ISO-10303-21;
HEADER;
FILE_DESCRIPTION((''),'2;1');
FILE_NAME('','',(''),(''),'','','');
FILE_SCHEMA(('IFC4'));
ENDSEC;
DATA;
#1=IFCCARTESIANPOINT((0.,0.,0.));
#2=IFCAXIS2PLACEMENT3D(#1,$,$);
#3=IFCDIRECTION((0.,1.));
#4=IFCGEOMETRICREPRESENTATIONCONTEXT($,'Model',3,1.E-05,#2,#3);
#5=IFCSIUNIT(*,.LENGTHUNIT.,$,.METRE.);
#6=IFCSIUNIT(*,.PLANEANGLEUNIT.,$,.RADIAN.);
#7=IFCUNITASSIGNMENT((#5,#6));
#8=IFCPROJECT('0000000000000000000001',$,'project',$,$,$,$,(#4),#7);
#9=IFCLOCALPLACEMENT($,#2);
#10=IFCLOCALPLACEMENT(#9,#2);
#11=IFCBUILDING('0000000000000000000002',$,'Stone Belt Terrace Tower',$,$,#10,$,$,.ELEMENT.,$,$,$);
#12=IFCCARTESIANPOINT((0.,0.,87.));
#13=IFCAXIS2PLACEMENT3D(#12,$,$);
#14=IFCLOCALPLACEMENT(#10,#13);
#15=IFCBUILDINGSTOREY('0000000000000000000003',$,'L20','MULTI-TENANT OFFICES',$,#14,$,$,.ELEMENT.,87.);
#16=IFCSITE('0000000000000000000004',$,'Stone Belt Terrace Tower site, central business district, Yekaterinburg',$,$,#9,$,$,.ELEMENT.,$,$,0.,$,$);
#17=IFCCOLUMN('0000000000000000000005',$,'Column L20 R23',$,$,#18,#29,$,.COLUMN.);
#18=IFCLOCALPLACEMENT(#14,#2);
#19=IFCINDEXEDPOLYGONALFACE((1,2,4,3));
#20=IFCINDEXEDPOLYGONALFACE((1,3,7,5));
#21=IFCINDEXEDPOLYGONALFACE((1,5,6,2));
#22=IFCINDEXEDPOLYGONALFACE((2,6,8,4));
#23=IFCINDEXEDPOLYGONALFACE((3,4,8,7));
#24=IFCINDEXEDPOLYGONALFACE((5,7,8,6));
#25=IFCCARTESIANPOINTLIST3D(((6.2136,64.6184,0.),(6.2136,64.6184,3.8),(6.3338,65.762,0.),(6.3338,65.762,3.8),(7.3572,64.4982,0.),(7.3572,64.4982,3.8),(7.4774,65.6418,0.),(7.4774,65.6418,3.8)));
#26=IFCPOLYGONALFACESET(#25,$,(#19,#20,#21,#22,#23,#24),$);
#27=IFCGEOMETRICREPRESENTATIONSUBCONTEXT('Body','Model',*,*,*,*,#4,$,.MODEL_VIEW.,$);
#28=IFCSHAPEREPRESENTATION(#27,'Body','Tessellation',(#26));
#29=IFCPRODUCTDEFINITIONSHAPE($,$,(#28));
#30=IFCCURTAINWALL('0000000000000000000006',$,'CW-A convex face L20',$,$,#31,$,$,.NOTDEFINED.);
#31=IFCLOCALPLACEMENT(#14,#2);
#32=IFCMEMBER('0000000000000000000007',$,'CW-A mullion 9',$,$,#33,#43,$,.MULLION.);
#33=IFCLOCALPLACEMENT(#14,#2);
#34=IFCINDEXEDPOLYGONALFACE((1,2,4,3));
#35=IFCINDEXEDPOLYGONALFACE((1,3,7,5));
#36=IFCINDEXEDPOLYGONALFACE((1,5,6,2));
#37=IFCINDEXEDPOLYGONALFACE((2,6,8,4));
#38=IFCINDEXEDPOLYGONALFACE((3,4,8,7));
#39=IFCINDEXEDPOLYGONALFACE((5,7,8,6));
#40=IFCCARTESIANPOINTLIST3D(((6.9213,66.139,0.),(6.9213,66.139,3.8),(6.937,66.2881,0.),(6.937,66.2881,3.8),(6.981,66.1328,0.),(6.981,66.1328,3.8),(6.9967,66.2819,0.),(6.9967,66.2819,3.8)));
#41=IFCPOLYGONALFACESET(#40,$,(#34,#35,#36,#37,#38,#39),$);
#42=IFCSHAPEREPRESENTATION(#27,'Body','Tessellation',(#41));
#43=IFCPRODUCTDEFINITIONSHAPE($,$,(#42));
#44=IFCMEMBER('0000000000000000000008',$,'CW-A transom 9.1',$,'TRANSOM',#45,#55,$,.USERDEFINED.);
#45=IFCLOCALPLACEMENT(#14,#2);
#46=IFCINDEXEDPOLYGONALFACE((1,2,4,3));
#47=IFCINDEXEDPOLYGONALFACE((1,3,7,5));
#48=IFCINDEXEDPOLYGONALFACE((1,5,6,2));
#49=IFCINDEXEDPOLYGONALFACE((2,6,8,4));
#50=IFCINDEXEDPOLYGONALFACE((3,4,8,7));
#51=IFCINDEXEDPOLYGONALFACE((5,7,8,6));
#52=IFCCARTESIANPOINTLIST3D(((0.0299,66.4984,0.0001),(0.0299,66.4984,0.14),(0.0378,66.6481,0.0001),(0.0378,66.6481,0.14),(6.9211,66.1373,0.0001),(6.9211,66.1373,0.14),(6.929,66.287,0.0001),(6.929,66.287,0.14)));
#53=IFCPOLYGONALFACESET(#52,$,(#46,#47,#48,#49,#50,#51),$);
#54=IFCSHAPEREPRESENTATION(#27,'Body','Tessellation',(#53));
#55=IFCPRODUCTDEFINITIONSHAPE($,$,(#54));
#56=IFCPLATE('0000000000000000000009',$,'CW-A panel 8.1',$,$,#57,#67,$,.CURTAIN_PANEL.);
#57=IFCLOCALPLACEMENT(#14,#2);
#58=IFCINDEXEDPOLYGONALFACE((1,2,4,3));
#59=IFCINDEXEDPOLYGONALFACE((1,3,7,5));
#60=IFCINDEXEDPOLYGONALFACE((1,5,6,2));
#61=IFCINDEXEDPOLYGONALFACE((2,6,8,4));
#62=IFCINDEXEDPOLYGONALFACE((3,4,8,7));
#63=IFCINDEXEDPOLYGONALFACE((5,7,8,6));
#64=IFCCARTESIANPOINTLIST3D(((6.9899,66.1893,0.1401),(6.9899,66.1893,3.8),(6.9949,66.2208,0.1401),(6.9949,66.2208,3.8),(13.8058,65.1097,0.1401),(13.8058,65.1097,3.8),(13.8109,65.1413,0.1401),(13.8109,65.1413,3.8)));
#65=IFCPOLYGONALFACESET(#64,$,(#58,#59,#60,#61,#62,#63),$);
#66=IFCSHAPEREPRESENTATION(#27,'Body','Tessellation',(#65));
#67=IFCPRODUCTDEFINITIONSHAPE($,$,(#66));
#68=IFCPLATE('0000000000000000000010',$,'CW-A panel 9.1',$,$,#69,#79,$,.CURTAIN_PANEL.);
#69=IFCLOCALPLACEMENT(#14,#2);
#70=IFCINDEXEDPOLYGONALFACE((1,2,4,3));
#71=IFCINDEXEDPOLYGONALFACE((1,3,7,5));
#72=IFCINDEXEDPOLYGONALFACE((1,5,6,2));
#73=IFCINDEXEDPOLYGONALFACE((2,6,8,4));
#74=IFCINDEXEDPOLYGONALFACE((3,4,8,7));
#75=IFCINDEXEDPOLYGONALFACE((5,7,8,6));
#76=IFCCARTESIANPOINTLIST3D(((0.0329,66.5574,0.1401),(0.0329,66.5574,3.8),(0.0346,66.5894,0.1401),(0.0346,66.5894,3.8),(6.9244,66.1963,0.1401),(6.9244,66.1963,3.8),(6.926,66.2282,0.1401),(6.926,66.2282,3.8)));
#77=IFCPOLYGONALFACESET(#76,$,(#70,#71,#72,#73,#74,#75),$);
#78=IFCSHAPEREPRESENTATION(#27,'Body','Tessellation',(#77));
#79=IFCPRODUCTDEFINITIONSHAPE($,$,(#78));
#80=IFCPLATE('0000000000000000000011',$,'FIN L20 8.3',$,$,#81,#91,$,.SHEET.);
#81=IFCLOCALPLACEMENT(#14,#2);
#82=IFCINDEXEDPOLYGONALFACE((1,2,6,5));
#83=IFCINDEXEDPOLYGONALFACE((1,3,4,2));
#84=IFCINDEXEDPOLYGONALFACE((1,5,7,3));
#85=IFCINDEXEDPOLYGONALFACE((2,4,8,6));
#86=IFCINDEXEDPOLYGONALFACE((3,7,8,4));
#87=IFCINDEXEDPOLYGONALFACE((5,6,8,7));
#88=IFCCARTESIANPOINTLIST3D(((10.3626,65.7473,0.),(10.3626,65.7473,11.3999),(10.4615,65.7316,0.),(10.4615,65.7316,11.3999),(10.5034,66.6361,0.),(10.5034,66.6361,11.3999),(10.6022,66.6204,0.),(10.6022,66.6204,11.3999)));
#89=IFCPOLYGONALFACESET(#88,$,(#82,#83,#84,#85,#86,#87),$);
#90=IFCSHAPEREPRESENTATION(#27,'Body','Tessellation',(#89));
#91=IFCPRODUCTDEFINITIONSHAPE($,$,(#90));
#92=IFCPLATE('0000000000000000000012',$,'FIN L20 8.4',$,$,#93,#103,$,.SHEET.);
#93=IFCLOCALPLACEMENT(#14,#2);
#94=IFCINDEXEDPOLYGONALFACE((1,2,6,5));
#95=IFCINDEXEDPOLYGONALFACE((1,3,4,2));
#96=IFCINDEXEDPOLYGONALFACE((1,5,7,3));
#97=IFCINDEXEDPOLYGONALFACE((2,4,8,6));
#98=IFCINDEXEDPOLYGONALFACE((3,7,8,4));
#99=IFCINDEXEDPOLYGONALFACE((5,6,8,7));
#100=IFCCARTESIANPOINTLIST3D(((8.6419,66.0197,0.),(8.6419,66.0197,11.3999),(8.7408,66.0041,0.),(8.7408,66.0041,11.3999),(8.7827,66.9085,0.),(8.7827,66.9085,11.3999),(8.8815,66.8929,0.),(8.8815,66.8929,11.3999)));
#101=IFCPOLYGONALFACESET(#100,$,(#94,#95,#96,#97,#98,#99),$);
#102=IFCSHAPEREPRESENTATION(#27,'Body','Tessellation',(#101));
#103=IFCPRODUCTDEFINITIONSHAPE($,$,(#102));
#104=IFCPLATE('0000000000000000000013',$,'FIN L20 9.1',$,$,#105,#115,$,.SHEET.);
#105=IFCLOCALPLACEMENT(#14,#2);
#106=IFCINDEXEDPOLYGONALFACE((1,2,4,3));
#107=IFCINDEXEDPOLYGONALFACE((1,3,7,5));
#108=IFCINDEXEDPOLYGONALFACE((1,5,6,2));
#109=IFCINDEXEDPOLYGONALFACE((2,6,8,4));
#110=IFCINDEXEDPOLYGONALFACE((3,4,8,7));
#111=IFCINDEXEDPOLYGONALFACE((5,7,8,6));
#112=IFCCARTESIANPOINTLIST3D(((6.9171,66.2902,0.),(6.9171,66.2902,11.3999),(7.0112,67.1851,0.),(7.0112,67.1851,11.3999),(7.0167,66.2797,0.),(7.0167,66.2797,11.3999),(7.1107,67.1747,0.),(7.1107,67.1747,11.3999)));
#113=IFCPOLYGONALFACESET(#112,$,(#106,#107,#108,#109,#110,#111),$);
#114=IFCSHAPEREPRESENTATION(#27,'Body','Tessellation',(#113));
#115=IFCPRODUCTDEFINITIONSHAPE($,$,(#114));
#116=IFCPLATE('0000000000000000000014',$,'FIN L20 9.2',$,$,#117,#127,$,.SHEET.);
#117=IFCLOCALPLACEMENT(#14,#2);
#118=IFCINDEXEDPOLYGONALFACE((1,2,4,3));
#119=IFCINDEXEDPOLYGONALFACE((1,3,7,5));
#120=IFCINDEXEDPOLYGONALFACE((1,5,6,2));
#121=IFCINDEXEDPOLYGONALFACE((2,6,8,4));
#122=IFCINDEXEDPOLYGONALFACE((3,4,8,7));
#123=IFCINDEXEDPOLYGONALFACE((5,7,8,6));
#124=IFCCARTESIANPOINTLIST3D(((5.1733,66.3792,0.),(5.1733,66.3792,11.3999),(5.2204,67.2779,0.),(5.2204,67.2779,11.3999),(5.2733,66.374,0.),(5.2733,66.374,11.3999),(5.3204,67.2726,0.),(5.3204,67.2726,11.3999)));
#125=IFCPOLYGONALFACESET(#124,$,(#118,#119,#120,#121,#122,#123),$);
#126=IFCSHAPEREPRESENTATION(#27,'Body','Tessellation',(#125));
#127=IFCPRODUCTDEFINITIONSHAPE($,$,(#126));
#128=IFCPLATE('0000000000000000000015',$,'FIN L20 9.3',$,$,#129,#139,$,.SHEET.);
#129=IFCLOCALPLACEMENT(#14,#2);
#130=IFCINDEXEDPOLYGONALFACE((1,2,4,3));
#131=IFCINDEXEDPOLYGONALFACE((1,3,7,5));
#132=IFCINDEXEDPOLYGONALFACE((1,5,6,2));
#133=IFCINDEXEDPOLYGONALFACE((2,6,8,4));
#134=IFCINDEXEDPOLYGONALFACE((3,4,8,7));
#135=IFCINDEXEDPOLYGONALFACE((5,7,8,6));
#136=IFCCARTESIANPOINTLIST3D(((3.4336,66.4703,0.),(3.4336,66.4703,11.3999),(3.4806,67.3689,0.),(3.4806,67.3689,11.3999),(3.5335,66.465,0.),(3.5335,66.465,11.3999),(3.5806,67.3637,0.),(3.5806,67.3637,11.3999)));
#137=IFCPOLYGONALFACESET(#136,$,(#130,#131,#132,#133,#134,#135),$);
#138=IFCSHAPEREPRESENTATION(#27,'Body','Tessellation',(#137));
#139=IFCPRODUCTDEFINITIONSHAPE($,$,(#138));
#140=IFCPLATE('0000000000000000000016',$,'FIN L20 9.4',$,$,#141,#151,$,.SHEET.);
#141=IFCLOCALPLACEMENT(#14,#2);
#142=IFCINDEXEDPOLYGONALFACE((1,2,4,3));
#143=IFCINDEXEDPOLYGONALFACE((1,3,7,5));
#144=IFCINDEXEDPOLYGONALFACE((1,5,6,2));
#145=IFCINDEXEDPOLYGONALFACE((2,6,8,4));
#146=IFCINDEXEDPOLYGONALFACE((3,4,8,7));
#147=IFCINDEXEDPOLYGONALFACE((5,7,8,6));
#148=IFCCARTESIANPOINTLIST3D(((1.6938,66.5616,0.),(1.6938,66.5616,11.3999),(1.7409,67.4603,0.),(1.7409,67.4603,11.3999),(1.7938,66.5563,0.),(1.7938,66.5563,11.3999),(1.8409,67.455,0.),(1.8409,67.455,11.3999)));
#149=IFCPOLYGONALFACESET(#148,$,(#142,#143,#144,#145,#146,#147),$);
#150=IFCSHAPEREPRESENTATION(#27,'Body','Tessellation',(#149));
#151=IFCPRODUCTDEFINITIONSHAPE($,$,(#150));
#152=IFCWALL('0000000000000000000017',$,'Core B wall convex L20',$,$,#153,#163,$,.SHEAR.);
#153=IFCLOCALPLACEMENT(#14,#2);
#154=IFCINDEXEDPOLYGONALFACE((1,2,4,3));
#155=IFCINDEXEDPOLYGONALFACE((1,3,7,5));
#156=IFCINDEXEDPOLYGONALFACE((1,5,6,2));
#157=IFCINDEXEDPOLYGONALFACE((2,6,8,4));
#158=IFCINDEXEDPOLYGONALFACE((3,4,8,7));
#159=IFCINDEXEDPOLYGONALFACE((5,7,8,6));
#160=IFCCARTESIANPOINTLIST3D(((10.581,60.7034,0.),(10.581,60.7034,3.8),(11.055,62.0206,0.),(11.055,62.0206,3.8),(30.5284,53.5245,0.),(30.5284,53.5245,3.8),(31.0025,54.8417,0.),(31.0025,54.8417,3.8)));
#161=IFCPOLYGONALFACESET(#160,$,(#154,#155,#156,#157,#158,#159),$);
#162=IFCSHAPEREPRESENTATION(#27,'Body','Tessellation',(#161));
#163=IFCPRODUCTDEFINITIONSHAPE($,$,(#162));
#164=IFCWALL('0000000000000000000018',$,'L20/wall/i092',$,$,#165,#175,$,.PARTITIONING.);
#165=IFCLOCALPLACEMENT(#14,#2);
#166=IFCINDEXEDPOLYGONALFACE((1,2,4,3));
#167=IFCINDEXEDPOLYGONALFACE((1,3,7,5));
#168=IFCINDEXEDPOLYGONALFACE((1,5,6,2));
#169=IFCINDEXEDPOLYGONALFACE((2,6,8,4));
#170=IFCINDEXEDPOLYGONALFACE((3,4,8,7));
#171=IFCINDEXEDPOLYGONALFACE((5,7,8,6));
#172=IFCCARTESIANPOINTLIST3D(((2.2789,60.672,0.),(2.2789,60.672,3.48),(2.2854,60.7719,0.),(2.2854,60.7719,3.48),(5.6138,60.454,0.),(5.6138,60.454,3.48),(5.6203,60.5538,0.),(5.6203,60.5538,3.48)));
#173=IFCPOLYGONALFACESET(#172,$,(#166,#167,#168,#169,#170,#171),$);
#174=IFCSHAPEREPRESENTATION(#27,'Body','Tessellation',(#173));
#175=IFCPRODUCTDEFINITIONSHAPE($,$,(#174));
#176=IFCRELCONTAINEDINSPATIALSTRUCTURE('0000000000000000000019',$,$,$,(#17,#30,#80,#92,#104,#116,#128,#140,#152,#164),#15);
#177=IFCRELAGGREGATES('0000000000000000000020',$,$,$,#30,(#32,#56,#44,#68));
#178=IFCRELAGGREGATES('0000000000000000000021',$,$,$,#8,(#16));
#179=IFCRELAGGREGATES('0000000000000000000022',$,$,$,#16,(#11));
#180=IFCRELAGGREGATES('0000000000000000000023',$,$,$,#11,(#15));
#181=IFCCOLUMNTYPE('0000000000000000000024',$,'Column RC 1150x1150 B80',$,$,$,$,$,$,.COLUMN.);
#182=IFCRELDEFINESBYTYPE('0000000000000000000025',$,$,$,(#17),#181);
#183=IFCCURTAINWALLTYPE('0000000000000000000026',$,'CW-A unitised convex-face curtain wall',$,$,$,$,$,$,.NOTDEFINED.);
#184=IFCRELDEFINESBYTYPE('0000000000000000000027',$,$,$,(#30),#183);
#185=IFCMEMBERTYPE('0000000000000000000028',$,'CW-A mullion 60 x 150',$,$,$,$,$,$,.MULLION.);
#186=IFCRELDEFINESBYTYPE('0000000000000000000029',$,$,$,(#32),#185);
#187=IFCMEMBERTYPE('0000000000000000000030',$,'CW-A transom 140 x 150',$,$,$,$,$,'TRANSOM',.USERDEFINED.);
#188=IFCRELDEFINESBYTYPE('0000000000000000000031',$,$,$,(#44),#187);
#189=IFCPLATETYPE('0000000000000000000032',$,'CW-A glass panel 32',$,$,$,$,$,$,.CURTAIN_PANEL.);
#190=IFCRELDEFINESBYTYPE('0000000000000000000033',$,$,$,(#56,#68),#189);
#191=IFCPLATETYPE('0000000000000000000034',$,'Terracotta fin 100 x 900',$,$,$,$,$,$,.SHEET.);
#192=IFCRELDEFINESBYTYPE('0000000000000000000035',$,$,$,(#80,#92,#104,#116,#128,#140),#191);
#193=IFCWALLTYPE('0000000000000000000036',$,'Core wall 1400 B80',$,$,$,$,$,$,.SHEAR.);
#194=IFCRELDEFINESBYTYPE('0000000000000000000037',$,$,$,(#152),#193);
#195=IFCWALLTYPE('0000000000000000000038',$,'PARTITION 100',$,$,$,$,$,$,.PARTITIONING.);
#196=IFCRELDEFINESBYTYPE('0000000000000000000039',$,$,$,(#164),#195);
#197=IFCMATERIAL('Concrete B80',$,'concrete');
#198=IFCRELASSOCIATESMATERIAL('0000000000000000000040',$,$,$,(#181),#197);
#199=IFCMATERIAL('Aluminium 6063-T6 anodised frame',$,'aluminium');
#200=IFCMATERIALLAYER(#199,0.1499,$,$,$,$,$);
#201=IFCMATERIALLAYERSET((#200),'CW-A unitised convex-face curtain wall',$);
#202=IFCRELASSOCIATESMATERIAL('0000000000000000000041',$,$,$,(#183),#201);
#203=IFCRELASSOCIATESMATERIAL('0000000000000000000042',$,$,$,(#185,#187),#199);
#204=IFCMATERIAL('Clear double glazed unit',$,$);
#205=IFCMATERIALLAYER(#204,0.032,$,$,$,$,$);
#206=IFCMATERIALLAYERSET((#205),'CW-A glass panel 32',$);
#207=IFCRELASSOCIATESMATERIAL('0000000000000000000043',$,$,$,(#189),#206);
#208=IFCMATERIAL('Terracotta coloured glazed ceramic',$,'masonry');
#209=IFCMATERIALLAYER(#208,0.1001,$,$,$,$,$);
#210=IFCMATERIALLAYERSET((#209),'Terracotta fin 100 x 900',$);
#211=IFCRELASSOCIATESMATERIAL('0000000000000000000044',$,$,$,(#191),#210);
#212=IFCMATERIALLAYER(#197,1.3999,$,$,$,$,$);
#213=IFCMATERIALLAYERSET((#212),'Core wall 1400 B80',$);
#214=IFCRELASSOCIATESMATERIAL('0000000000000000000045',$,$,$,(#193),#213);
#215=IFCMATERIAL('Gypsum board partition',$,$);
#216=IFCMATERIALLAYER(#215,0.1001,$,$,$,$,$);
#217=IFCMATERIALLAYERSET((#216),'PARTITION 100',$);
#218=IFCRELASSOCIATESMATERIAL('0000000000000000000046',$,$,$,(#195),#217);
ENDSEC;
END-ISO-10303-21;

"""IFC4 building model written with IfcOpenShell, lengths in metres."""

from ifc_helpers import new_model, si_unit, direction, frame, frame_2d, origin, origin_2d, place, context, subcontext, project, spatial, rectangle, extrude, material, layer, layer_set, material_profile, profile_set, type_object, element, aggregate, save


model = new_model("IFC4")

# Units and contexts
model_context = context("Model", 3, precision=1e-05, world=origin(), true_north=direction((0.0, 1.0)))
body_context = subcontext(model_context, "Body", "Model", "MODEL_VIEW")
ifc_project = project(units=[si_unit("LENGTHUNIT", "METRE"), si_unit("PLANEANGLEUNIT", "RADIAN")], contexts=[model_context])

# Site, building, storey
site_placement = place(None, origin())
site = spatial("IfcSite", under=ifc_project, at=site_placement, Name="Stone Belt Terrace Tower site, central business district, Yekaterinburg", CompositionType="ELEMENT", RefElevation=0.0)
building_placement = place(site_placement, origin())
building = spatial("IfcBuilding", under=site, at=building_placement, Name="Stone Belt Terrace Tower", CompositionType="ELEMENT")
storey_placement = place(building_placement, frame((0.0, 0.0, 87.0)))
storey = spatial("IfcBuildingStorey", under=building, at=storey_placement, Name="L20", Description="MULTI-TENANT OFFICES", CompositionType="ELEMENT", Elevation=87.0)

# Column
ifc_material_1 = material(Name="Concrete B80", Category="concrete")
ifc_material_profile_1 = material_profile(ifc_material_1, rectangle(XDim=1.1499, YDim=1.1499, at=origin_2d()), Name="RC 1150x1150")
ifc_profile_set_1 = profile_set([ifc_material_profile_1], Name="Concrete B80")
column_type = type_object("IfcColumnType", Name="Column RC 1150x1150 B80", PredefinedType="COLUMN", material=ifc_profile_set_1)
column_placement = place(storey_placement, frame((6.8455, 65.1301, 0.0), z_axis=(0.0, 0.0, 1.0), x_axis=(0.994522, -0.104528, 0.0)))
element("IfcColumn", 1, at=column_placement, inside=storey, type_object=column_type, Name="Column L20 R23", PredefinedType="COLUMN", context=body_context, shape_type="SweptSolid", body=[
    extrude(rectangle(XDim=1.1499, YDim=1.1499, at=origin_2d()), origin(), (0.0, 0.0, 1.0), 3.8),
])

# Curtain wall, members, plates
ifc_material_2 = material(Name="Aluminium 6063-T6 anodised frame", Category="aluminium")
ifc_layer_1 = layer(ifc_material_2, 0.1499)
ifc_layer_set_1 = layer_set([ifc_layer_1], Name="CW-A unitised convex-face curtain wall")
curtain_wall_type = type_object("IfcCurtainWallType", Name="CW-A unitised convex-face curtain wall", PredefinedType="NOTDEFINED", material=ifc_layer_set_1)
curtain_wall_placement = place(storey_placement, origin())
curtain_wall = element("IfcCurtainWall", 2, at=curtain_wall_placement, inside=storey, type_object=curtain_wall_type, Name="CW-A convex face L20", PredefinedType="NOTDEFINED")
ifc_material_profile_2 = material_profile(ifc_material_2, rectangle(XDim=0.1499, YDim=0.0601, at=origin_2d()), Name="Aluminium 6063-T6 60x150")
ifc_profile_set_2 = profile_set([ifc_material_profile_2], Name="Aluminium 6063-T6 anodised frame")
member_type_1 = type_object("IfcMemberType", Name="CW-A mullion 60 x 150", PredefinedType="MULLION", material=ifc_profile_set_2)
member_1_placement = place(storey_placement, frame((6.959, 66.2104, 0.0), z_axis=(0.0, 0.0, 1.0), x_axis=(-0.104528, -0.994522, 0.0)))
member_1 = element("IfcMember", 3, at=member_1_placement, type_object=member_type_1, Name="CW-A mullion 9", PredefinedType="MULLION", context=body_context, shape_type="SweptSolid", body=[
    extrude(rectangle(XDim=0.1499, YDim=0.0601, at=origin_2d()), origin(), (0.0, 0.0, 1.0), 3.8),
])
ifc_material_profile_3 = material_profile(ifc_material_2, rectangle(XDim=0.1499, YDim=0.1399, at=origin_2d()), Name="Aluminium 6063-T6 150x140")
ifc_profile_set_3 = profile_set([ifc_material_profile_3], Name="Aluminium 6063-T6 anodised frame")
member_type_2 = type_object("IfcMemberType", Name="CW-A transom 140 x 150", ElementType="TRANSOM", PredefinedType="USERDEFINED", material=ifc_profile_set_3)
member_2_placement = place(storey_placement, frame((6.925, 66.2122, 0.0701), z_axis=(-0.99863, 0.052327, 0.0), x_axis=(-0.052327, -0.99863, 0.0)))
member_2 = element("IfcMember", 4, at=member_2_placement, type_object=member_type_2, Name="CW-A transom 9.1", ObjectType="TRANSOM", PredefinedType="USERDEFINED", context=body_context, shape_type="SweptSolid", body=[
    extrude(rectangle(XDim=0.1499, YDim=0.1399, at=origin_2d()), origin(), (0.0, 0.0, 1.0), 6.9006),
])
ifc_material_3 = material(Name="Clear double glazed unit")
ifc_layer_2 = layer(ifc_material_3, 0.032)
ifc_layer_set_2 = layer_set([ifc_layer_2], Name="CW-A glass panel 32")
plate_type_1 = type_object("IfcPlateType", Name="CW-A glass panel 32", PredefinedType="CURTAIN_PANEL", material=ifc_layer_set_2)
plate_1_placement = place(storey_placement, frame((10.4004, 65.6653, 0.1401), z_axis=(0.0, 0.0, 1.0), x_axis=(-0.987688, 0.156434, 0.0)))
plate_1 = element("IfcPlate", 5, at=plate_1_placement, type_object=plate_type_1, Name="CW-A panel 8.1", PredefinedType="CURTAIN_PANEL", context=body_context, shape_type="SweptSolid", body=[
    extrude(rectangle(XDim=6.9009, YDim=0.032, at=origin_2d()), origin(), (0.0, 0.0, 1.0), 3.6599),
])
plate_2_placement = place(storey_placement, frame((3.4795, 66.3928, 0.1401), z_axis=(0.0, 0.0, 1.0), x_axis=(-0.99863, 0.052336, 0.0)))
plate_2 = element("IfcPlate", 6, at=plate_2_placement, type_object=plate_type_1, Name="CW-A panel 9.1", PredefinedType="CURTAIN_PANEL", context=body_context, shape_type="SweptSolid", body=[
    extrude(rectangle(XDim=6.9009, YDim=0.032, at=origin_2d()), origin(), (0.0, 0.0, 1.0), 3.6599),
])
aggregate(curtain_wall, [member_1, plate_1, member_2, plate_2])

# Plates
ifc_material_4 = material(Name="Terracotta coloured glazed ceramic", Category="masonry")
ifc_layer_3 = layer(ifc_material_4, 0.1001)
ifc_layer_set_3 = layer_set([ifc_layer_3], Name="Terracotta fin 100 x 900")
plate_type_2 = type_object("IfcPlateType", Name="Terracotta fin 100 x 900", PredefinedType="SHEET", material=ifc_layer_set_3)
for number, where, z_axis, x_axis, name in (
    (7, (10.4824, 66.1838, 0.0), (0.0, 0.0, 1.0), (0.156434, 0.987688, 0.0), "FIN L20 8.3"),
    (8, (8.7617, 66.4563, 0.0), (0.0, 0.0, 1.0), (0.156434, 0.987688, 0.0), "FIN L20 8.4"),
    (9, (7.0139, 66.7324, 0.0), (0.0, 0.0, 1.0), (0.104528, 0.994522, 0.0), "FIN L20 9.1"),
    (10, (5.2468, 66.8259, 0.0), (0.0, 0.0, 1.0), (0.052336, 0.99863, 0.0), "FIN L20 9.2"),
    (11, (3.5071, 66.917, 0.0), (0.0, 0.0, 1.0), (0.052336, 0.99863, 0.0), "FIN L20 9.3"),
    (12, (1.7673, 67.0083, 0.0), (0.0, 0.0, 1.0), (0.052336, 0.99863, 0.0), "FIN L20 9.4"),
):
    element("IfcPlate", number, at=place(storey_placement, frame(where, z_axis=z_axis, x_axis=x_axis)), inside=storey, type_object=plate_type_2, Name=name, PredefinedType="SHEET", context=body_context, shape_type="SweptSolid", body=[
        extrude(rectangle(XDim=0.8999, YDim=0.1001, at=origin_2d()), origin(), (0.0, 0.0, 1.0), 11.3999),
    ])

# Walls
ifc_layer_4 = layer(ifc_material_1, 1.3999)
ifc_layer_set_4 = layer_set([ifc_layer_4], Name="Core wall 1400 B80")
wall_type_1 = type_object("IfcWallType", Name="Core wall 1400 B80", PredefinedType="SHEAR", material=ifc_layer_set_4)
wall_1_placement = place(storey_placement, frame((10.8179, 61.3621, 0.0), z_axis=(0.0, 0.0, 1.0), x_axis=(0.94092, -0.33863, 0.0)))
element("IfcWall", 13, at=wall_1_placement, inside=storey, type_object=wall_type_1, Name="Core B wall convex L20", PredefinedType="SHEAR", context=body_context, shape_type="SweptSolid", body=[
    extrude(rectangle(XDim=21.2, YDim=1.3999, at=frame_2d((10.6001, 0.0))), origin(), (0.0, 0.0, 1.0), 3.8),
])
ifc_material_5 = material(Name="Gypsum board partition")
ifc_layer_5 = layer(ifc_material_5, 0.1001)
ifc_layer_set_5 = layer_set([ifc_layer_5], Name="PARTITION 100")
wall_type_2 = type_object("IfcWallType", Name="PARTITION 100", PredefinedType="PARTITIONING", material=ifc_layer_set_5)
wall_2_placement = place(storey_placement, frame((5.6169, 60.5039, 0.0), z_axis=(0.0, 0.0, 1.0), x_axis=(-0.99787, 0.065234, 0.0)))
element("IfcWall", 14, at=wall_2_placement, inside=storey, type_object=wall_type_2, Name="L20/wall/i092", PredefinedType="PARTITIONING", context=body_context, shape_type="SweptSolid", body=[
    extrude(rectangle(XDim=3.342, YDim=0.1001, at=frame_2d((1.6709, 0.0))), origin(), (0.0, 0.0, 1.0), 3.48),
])

save(model, "model.ifc")
